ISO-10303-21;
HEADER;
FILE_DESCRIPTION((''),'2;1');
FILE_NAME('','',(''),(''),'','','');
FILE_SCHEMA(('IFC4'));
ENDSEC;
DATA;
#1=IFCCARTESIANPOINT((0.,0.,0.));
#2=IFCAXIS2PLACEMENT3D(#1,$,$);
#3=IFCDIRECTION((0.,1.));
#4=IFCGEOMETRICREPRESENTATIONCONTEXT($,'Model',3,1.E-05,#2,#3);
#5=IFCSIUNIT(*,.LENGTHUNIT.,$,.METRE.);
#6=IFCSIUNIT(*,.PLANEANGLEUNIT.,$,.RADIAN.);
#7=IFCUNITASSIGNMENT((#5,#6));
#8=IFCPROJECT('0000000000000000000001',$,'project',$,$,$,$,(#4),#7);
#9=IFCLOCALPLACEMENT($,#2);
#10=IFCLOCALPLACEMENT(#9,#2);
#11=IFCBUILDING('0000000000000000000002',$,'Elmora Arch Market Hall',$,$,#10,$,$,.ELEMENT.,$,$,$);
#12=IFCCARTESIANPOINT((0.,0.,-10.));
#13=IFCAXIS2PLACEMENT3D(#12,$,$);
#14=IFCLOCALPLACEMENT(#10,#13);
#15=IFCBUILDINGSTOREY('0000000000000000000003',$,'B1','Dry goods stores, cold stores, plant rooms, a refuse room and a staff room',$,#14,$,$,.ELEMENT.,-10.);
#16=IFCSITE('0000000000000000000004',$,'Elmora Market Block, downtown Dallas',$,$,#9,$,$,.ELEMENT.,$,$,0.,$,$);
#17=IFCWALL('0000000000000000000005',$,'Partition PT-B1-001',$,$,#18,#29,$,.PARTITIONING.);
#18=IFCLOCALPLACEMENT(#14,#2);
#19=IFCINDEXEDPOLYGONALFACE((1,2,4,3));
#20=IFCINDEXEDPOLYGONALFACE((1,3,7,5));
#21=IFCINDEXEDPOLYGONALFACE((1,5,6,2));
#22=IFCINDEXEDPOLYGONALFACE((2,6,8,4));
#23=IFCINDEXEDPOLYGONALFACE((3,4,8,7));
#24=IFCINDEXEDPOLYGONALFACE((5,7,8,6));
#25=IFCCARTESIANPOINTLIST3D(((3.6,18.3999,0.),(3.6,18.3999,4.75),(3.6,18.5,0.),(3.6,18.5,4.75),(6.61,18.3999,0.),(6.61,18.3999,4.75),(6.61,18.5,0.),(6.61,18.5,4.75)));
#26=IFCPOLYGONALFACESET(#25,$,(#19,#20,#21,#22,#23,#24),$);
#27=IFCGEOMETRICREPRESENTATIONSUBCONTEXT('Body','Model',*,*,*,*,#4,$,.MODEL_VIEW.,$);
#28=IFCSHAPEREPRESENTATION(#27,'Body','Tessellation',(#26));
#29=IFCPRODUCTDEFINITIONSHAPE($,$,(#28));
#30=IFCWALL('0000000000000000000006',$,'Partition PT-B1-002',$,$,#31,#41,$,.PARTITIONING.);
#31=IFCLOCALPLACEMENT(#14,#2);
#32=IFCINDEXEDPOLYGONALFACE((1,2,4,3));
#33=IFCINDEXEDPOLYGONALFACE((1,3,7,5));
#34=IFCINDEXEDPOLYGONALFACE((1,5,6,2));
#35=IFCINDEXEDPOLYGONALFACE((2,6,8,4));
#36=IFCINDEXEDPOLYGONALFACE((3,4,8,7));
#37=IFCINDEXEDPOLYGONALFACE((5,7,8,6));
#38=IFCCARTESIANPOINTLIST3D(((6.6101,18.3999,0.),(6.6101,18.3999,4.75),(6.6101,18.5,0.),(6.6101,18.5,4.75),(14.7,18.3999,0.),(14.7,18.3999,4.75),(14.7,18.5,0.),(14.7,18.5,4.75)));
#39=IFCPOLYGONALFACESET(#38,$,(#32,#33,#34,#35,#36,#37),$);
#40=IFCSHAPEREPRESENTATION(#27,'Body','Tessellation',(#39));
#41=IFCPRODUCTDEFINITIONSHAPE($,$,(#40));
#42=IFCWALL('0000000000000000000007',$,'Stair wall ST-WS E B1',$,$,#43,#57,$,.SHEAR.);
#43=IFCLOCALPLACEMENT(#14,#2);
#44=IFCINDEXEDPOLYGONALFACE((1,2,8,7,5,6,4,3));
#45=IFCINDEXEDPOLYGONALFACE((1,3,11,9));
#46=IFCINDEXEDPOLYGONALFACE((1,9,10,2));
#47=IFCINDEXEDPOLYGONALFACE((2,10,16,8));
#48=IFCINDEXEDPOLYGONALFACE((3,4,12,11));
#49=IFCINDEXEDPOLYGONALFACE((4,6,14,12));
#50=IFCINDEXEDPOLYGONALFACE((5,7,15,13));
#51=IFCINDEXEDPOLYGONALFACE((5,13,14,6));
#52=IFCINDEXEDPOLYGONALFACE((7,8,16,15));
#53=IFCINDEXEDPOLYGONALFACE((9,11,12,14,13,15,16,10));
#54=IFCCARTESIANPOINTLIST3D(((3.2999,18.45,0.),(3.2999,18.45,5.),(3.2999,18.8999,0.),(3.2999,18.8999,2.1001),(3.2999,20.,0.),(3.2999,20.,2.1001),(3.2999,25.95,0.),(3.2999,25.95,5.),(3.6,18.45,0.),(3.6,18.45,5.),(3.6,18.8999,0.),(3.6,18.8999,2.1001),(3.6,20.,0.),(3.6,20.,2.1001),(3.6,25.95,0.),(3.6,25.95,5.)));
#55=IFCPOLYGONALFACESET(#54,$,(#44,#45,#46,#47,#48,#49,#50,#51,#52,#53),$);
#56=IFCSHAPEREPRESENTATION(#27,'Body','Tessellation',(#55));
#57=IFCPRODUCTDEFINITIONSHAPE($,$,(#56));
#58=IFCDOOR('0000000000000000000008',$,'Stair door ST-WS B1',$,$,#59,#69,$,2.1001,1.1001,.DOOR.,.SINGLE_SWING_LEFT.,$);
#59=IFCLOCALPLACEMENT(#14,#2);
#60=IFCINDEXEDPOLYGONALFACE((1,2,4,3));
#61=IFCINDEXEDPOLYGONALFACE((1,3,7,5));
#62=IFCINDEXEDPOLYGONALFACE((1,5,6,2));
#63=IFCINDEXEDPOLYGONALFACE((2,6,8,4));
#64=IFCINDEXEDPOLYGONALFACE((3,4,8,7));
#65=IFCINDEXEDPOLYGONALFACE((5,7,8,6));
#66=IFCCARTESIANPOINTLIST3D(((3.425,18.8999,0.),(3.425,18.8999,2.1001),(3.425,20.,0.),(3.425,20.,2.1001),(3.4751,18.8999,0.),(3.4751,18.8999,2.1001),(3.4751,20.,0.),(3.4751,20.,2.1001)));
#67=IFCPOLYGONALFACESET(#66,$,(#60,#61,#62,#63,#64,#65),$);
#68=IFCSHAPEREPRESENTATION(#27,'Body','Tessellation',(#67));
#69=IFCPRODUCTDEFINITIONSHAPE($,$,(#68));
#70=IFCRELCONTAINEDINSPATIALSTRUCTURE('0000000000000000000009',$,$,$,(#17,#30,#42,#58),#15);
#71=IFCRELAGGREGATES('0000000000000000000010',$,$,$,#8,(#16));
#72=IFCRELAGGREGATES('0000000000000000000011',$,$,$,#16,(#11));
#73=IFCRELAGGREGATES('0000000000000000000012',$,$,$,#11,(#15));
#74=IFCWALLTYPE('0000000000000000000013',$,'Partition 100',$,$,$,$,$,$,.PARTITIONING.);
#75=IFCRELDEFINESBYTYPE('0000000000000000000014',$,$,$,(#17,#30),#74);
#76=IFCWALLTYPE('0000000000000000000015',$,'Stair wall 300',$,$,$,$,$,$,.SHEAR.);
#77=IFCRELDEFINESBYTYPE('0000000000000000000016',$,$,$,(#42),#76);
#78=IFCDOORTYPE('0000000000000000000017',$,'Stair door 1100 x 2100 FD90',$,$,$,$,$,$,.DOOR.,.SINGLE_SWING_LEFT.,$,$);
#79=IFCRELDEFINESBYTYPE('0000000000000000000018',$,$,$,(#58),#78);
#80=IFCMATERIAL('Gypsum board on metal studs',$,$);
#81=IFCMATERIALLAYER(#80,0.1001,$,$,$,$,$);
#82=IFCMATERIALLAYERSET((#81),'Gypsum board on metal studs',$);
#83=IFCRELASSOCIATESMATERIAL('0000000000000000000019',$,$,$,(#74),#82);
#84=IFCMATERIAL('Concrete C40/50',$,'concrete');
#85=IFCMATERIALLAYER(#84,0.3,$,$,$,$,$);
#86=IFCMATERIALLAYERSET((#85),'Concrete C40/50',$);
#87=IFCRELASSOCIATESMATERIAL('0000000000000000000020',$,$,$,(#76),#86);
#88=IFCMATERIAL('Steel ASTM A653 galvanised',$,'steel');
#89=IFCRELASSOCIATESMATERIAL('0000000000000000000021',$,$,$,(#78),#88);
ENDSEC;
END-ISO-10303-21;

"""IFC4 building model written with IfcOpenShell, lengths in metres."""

from ifc_helpers import new_model, si_unit, direction, frame, frame_2d, origin, place, context, subcontext, project, spatial, rectangle, extrude, material, layer, layer_set, type_object, element, fill, save


model = new_model("IFC4")

# Units and contexts
model_context = context("Model", 3, precision=1e-05, world=origin(), true_north=direction((0.0, 1.0)))
body_context = subcontext(model_context, "Body", "Model", "MODEL_VIEW")
ifc_project = project(units=[si_unit("LENGTHUNIT", "METRE"), si_unit("PLANEANGLEUNIT", "RADIAN")], contexts=[model_context])

# Site, building, storey
site_placement = place(None, origin())
site = spatial("IfcSite", under=ifc_project, at=site_placement, Name="Elmora Market Block, downtown Dallas", CompositionType="ELEMENT", RefElevation=0.0)
building_placement = place(site_placement, origin())
building = spatial("IfcBuilding", under=site, at=building_placement, Name="Elmora Arch Market Hall", CompositionType="ELEMENT")
storey_placement = place(building_placement, frame((0.0, 0.0, -10.0)))
storey = spatial("IfcBuildingStorey", under=building, at=storey_placement, Name="B1", Description="Dry goods stores, cold stores, plant rooms, a refuse room and a staff room", CompositionType="ELEMENT", Elevation=-10.0)

# Walls
ifc_material_1 = material(Name="Gypsum board on metal studs")
ifc_layer_1 = layer(ifc_material_1, 0.1001)
ifc_layer_set_1 = layer_set([ifc_layer_1], Name="Gypsum board on metal studs")
wall_type_1 = type_object("IfcWallType", Name="Partition 100", PredefinedType="PARTITIONING", material=ifc_layer_set_1)
wall_1_placement = place(storey_placement, frame((3.6001, 18.45, 0.0), z_axis=(0.0, 0.0, 1.0), x_axis=(1.0, 0.0, 0.0)))
element("IfcWall", 1, at=wall_1_placement, inside=storey, type_object=wall_type_1, Name="Partition PT-B1-001", PredefinedType="PARTITIONING", context=body_context, shape_type="SweptSolid", body=[
    extrude(rectangle(XDim=3.01, YDim=0.1001, at=frame_2d((1.5049, 0.0))), origin(), (0.0, 0.0, 1.0), 4.75),
])
wall_2_placement = place(storey_placement, frame((6.6101, 18.45, 0.0), z_axis=(0.0, 0.0, 1.0), x_axis=(1.0, 0.0, 0.0)))
element("IfcWall", 2, at=wall_2_placement, inside=storey, type_object=wall_type_1, Name="Partition PT-B1-002", PredefinedType="PARTITIONING", context=body_context, shape_type="SweptSolid", body=[
    extrude(rectangle(XDim=8.0898, YDim=0.1001, at=frame_2d((4.0449, 0.0))), origin(), (0.0, 0.0, 1.0), 4.75),
])

# Wall, opening, door
ifc_material_2 = material(Name="Concrete C40/50", Category="concrete")
ifc_layer_2 = layer(ifc_material_2, 0.3)
ifc_layer_set_2 = layer_set([ifc_layer_2], Name="Concrete C40/50")
wall_type_2 = type_object("IfcWallType", Name="Stair wall 300", PredefinedType="SHEAR", material=ifc_layer_set_2)
wall_3_placement = place(storey_placement, frame((3.45, 18.45, 0.0), z_axis=(0.0, 0.0, 1.0), x_axis=(0.0, 1.0, 0.0)))
wall_3 = element("IfcWall", 3, at=wall_3_placement, inside=storey, type_object=wall_type_2, Name="Stair wall ST-WS E B1", PredefinedType="SHEAR", context=body_context, shape_type="SweptSolid", body=[
    extrude(rectangle(XDim=7.5, YDim=0.3, at=frame_2d((3.75, 0.0))), origin(), (0.0, 0.0, 1.0), 5.0),
])
opening_1_placement = place(wall_3_placement, frame((0.45, 0.0, 0.0)))
opening_1 = element("IfcOpeningElement", 4, at=opening_1_placement, cuts=wall_3, PredefinedType="OPENING", context=body_context, shape_type="SweptSolid", body=[
    extrude(rectangle(XDim=1.1001, YDim=2.1001, at=frame_2d((0.55, 1.05))), frame((0.0, 0.1599, 0.0), z_axis=(0.0, -1.0, 0.0), x_axis=(1.0, 0.0, 0.0)), (0.0, 0.0, 1.0), 0.3201),
])
ifc_material_3 = material(Name="Steel ASTM A653 galvanised", Category="steel")
door_type_1 = type_object("IfcDoorType", Name="Stair door 1100 x 2100 FD90", OperationType="SINGLE_SWING_LEFT", PredefinedType="DOOR", material=ifc_material_3)
door_1_placement = place(opening_1_placement, origin())
door_1 = element("IfcDoor", 5, at=door_1_placement, inside=storey, type_object=door_type_1, Name="Stair door ST-WS B1", OperationType="SINGLE_SWING_LEFT", OverallHeight=2.1001, OverallWidth=1.1001, PredefinedType="DOOR", context=body_context, shape_type="SweptSolid", body=[
    extrude(rectangle(XDim=1.1001, YDim=2.1001, at=frame_2d((0.55, 1.05))), frame((0.0, 0.0249, 0.0), z_axis=(0.0, -1.0, 0.0), x_axis=(1.0, 0.0, 0.0)), (0.0, 0.0, 1.0), 0.05),
])
fill(opening_1, door_1)

save(model, "model.ifc")
